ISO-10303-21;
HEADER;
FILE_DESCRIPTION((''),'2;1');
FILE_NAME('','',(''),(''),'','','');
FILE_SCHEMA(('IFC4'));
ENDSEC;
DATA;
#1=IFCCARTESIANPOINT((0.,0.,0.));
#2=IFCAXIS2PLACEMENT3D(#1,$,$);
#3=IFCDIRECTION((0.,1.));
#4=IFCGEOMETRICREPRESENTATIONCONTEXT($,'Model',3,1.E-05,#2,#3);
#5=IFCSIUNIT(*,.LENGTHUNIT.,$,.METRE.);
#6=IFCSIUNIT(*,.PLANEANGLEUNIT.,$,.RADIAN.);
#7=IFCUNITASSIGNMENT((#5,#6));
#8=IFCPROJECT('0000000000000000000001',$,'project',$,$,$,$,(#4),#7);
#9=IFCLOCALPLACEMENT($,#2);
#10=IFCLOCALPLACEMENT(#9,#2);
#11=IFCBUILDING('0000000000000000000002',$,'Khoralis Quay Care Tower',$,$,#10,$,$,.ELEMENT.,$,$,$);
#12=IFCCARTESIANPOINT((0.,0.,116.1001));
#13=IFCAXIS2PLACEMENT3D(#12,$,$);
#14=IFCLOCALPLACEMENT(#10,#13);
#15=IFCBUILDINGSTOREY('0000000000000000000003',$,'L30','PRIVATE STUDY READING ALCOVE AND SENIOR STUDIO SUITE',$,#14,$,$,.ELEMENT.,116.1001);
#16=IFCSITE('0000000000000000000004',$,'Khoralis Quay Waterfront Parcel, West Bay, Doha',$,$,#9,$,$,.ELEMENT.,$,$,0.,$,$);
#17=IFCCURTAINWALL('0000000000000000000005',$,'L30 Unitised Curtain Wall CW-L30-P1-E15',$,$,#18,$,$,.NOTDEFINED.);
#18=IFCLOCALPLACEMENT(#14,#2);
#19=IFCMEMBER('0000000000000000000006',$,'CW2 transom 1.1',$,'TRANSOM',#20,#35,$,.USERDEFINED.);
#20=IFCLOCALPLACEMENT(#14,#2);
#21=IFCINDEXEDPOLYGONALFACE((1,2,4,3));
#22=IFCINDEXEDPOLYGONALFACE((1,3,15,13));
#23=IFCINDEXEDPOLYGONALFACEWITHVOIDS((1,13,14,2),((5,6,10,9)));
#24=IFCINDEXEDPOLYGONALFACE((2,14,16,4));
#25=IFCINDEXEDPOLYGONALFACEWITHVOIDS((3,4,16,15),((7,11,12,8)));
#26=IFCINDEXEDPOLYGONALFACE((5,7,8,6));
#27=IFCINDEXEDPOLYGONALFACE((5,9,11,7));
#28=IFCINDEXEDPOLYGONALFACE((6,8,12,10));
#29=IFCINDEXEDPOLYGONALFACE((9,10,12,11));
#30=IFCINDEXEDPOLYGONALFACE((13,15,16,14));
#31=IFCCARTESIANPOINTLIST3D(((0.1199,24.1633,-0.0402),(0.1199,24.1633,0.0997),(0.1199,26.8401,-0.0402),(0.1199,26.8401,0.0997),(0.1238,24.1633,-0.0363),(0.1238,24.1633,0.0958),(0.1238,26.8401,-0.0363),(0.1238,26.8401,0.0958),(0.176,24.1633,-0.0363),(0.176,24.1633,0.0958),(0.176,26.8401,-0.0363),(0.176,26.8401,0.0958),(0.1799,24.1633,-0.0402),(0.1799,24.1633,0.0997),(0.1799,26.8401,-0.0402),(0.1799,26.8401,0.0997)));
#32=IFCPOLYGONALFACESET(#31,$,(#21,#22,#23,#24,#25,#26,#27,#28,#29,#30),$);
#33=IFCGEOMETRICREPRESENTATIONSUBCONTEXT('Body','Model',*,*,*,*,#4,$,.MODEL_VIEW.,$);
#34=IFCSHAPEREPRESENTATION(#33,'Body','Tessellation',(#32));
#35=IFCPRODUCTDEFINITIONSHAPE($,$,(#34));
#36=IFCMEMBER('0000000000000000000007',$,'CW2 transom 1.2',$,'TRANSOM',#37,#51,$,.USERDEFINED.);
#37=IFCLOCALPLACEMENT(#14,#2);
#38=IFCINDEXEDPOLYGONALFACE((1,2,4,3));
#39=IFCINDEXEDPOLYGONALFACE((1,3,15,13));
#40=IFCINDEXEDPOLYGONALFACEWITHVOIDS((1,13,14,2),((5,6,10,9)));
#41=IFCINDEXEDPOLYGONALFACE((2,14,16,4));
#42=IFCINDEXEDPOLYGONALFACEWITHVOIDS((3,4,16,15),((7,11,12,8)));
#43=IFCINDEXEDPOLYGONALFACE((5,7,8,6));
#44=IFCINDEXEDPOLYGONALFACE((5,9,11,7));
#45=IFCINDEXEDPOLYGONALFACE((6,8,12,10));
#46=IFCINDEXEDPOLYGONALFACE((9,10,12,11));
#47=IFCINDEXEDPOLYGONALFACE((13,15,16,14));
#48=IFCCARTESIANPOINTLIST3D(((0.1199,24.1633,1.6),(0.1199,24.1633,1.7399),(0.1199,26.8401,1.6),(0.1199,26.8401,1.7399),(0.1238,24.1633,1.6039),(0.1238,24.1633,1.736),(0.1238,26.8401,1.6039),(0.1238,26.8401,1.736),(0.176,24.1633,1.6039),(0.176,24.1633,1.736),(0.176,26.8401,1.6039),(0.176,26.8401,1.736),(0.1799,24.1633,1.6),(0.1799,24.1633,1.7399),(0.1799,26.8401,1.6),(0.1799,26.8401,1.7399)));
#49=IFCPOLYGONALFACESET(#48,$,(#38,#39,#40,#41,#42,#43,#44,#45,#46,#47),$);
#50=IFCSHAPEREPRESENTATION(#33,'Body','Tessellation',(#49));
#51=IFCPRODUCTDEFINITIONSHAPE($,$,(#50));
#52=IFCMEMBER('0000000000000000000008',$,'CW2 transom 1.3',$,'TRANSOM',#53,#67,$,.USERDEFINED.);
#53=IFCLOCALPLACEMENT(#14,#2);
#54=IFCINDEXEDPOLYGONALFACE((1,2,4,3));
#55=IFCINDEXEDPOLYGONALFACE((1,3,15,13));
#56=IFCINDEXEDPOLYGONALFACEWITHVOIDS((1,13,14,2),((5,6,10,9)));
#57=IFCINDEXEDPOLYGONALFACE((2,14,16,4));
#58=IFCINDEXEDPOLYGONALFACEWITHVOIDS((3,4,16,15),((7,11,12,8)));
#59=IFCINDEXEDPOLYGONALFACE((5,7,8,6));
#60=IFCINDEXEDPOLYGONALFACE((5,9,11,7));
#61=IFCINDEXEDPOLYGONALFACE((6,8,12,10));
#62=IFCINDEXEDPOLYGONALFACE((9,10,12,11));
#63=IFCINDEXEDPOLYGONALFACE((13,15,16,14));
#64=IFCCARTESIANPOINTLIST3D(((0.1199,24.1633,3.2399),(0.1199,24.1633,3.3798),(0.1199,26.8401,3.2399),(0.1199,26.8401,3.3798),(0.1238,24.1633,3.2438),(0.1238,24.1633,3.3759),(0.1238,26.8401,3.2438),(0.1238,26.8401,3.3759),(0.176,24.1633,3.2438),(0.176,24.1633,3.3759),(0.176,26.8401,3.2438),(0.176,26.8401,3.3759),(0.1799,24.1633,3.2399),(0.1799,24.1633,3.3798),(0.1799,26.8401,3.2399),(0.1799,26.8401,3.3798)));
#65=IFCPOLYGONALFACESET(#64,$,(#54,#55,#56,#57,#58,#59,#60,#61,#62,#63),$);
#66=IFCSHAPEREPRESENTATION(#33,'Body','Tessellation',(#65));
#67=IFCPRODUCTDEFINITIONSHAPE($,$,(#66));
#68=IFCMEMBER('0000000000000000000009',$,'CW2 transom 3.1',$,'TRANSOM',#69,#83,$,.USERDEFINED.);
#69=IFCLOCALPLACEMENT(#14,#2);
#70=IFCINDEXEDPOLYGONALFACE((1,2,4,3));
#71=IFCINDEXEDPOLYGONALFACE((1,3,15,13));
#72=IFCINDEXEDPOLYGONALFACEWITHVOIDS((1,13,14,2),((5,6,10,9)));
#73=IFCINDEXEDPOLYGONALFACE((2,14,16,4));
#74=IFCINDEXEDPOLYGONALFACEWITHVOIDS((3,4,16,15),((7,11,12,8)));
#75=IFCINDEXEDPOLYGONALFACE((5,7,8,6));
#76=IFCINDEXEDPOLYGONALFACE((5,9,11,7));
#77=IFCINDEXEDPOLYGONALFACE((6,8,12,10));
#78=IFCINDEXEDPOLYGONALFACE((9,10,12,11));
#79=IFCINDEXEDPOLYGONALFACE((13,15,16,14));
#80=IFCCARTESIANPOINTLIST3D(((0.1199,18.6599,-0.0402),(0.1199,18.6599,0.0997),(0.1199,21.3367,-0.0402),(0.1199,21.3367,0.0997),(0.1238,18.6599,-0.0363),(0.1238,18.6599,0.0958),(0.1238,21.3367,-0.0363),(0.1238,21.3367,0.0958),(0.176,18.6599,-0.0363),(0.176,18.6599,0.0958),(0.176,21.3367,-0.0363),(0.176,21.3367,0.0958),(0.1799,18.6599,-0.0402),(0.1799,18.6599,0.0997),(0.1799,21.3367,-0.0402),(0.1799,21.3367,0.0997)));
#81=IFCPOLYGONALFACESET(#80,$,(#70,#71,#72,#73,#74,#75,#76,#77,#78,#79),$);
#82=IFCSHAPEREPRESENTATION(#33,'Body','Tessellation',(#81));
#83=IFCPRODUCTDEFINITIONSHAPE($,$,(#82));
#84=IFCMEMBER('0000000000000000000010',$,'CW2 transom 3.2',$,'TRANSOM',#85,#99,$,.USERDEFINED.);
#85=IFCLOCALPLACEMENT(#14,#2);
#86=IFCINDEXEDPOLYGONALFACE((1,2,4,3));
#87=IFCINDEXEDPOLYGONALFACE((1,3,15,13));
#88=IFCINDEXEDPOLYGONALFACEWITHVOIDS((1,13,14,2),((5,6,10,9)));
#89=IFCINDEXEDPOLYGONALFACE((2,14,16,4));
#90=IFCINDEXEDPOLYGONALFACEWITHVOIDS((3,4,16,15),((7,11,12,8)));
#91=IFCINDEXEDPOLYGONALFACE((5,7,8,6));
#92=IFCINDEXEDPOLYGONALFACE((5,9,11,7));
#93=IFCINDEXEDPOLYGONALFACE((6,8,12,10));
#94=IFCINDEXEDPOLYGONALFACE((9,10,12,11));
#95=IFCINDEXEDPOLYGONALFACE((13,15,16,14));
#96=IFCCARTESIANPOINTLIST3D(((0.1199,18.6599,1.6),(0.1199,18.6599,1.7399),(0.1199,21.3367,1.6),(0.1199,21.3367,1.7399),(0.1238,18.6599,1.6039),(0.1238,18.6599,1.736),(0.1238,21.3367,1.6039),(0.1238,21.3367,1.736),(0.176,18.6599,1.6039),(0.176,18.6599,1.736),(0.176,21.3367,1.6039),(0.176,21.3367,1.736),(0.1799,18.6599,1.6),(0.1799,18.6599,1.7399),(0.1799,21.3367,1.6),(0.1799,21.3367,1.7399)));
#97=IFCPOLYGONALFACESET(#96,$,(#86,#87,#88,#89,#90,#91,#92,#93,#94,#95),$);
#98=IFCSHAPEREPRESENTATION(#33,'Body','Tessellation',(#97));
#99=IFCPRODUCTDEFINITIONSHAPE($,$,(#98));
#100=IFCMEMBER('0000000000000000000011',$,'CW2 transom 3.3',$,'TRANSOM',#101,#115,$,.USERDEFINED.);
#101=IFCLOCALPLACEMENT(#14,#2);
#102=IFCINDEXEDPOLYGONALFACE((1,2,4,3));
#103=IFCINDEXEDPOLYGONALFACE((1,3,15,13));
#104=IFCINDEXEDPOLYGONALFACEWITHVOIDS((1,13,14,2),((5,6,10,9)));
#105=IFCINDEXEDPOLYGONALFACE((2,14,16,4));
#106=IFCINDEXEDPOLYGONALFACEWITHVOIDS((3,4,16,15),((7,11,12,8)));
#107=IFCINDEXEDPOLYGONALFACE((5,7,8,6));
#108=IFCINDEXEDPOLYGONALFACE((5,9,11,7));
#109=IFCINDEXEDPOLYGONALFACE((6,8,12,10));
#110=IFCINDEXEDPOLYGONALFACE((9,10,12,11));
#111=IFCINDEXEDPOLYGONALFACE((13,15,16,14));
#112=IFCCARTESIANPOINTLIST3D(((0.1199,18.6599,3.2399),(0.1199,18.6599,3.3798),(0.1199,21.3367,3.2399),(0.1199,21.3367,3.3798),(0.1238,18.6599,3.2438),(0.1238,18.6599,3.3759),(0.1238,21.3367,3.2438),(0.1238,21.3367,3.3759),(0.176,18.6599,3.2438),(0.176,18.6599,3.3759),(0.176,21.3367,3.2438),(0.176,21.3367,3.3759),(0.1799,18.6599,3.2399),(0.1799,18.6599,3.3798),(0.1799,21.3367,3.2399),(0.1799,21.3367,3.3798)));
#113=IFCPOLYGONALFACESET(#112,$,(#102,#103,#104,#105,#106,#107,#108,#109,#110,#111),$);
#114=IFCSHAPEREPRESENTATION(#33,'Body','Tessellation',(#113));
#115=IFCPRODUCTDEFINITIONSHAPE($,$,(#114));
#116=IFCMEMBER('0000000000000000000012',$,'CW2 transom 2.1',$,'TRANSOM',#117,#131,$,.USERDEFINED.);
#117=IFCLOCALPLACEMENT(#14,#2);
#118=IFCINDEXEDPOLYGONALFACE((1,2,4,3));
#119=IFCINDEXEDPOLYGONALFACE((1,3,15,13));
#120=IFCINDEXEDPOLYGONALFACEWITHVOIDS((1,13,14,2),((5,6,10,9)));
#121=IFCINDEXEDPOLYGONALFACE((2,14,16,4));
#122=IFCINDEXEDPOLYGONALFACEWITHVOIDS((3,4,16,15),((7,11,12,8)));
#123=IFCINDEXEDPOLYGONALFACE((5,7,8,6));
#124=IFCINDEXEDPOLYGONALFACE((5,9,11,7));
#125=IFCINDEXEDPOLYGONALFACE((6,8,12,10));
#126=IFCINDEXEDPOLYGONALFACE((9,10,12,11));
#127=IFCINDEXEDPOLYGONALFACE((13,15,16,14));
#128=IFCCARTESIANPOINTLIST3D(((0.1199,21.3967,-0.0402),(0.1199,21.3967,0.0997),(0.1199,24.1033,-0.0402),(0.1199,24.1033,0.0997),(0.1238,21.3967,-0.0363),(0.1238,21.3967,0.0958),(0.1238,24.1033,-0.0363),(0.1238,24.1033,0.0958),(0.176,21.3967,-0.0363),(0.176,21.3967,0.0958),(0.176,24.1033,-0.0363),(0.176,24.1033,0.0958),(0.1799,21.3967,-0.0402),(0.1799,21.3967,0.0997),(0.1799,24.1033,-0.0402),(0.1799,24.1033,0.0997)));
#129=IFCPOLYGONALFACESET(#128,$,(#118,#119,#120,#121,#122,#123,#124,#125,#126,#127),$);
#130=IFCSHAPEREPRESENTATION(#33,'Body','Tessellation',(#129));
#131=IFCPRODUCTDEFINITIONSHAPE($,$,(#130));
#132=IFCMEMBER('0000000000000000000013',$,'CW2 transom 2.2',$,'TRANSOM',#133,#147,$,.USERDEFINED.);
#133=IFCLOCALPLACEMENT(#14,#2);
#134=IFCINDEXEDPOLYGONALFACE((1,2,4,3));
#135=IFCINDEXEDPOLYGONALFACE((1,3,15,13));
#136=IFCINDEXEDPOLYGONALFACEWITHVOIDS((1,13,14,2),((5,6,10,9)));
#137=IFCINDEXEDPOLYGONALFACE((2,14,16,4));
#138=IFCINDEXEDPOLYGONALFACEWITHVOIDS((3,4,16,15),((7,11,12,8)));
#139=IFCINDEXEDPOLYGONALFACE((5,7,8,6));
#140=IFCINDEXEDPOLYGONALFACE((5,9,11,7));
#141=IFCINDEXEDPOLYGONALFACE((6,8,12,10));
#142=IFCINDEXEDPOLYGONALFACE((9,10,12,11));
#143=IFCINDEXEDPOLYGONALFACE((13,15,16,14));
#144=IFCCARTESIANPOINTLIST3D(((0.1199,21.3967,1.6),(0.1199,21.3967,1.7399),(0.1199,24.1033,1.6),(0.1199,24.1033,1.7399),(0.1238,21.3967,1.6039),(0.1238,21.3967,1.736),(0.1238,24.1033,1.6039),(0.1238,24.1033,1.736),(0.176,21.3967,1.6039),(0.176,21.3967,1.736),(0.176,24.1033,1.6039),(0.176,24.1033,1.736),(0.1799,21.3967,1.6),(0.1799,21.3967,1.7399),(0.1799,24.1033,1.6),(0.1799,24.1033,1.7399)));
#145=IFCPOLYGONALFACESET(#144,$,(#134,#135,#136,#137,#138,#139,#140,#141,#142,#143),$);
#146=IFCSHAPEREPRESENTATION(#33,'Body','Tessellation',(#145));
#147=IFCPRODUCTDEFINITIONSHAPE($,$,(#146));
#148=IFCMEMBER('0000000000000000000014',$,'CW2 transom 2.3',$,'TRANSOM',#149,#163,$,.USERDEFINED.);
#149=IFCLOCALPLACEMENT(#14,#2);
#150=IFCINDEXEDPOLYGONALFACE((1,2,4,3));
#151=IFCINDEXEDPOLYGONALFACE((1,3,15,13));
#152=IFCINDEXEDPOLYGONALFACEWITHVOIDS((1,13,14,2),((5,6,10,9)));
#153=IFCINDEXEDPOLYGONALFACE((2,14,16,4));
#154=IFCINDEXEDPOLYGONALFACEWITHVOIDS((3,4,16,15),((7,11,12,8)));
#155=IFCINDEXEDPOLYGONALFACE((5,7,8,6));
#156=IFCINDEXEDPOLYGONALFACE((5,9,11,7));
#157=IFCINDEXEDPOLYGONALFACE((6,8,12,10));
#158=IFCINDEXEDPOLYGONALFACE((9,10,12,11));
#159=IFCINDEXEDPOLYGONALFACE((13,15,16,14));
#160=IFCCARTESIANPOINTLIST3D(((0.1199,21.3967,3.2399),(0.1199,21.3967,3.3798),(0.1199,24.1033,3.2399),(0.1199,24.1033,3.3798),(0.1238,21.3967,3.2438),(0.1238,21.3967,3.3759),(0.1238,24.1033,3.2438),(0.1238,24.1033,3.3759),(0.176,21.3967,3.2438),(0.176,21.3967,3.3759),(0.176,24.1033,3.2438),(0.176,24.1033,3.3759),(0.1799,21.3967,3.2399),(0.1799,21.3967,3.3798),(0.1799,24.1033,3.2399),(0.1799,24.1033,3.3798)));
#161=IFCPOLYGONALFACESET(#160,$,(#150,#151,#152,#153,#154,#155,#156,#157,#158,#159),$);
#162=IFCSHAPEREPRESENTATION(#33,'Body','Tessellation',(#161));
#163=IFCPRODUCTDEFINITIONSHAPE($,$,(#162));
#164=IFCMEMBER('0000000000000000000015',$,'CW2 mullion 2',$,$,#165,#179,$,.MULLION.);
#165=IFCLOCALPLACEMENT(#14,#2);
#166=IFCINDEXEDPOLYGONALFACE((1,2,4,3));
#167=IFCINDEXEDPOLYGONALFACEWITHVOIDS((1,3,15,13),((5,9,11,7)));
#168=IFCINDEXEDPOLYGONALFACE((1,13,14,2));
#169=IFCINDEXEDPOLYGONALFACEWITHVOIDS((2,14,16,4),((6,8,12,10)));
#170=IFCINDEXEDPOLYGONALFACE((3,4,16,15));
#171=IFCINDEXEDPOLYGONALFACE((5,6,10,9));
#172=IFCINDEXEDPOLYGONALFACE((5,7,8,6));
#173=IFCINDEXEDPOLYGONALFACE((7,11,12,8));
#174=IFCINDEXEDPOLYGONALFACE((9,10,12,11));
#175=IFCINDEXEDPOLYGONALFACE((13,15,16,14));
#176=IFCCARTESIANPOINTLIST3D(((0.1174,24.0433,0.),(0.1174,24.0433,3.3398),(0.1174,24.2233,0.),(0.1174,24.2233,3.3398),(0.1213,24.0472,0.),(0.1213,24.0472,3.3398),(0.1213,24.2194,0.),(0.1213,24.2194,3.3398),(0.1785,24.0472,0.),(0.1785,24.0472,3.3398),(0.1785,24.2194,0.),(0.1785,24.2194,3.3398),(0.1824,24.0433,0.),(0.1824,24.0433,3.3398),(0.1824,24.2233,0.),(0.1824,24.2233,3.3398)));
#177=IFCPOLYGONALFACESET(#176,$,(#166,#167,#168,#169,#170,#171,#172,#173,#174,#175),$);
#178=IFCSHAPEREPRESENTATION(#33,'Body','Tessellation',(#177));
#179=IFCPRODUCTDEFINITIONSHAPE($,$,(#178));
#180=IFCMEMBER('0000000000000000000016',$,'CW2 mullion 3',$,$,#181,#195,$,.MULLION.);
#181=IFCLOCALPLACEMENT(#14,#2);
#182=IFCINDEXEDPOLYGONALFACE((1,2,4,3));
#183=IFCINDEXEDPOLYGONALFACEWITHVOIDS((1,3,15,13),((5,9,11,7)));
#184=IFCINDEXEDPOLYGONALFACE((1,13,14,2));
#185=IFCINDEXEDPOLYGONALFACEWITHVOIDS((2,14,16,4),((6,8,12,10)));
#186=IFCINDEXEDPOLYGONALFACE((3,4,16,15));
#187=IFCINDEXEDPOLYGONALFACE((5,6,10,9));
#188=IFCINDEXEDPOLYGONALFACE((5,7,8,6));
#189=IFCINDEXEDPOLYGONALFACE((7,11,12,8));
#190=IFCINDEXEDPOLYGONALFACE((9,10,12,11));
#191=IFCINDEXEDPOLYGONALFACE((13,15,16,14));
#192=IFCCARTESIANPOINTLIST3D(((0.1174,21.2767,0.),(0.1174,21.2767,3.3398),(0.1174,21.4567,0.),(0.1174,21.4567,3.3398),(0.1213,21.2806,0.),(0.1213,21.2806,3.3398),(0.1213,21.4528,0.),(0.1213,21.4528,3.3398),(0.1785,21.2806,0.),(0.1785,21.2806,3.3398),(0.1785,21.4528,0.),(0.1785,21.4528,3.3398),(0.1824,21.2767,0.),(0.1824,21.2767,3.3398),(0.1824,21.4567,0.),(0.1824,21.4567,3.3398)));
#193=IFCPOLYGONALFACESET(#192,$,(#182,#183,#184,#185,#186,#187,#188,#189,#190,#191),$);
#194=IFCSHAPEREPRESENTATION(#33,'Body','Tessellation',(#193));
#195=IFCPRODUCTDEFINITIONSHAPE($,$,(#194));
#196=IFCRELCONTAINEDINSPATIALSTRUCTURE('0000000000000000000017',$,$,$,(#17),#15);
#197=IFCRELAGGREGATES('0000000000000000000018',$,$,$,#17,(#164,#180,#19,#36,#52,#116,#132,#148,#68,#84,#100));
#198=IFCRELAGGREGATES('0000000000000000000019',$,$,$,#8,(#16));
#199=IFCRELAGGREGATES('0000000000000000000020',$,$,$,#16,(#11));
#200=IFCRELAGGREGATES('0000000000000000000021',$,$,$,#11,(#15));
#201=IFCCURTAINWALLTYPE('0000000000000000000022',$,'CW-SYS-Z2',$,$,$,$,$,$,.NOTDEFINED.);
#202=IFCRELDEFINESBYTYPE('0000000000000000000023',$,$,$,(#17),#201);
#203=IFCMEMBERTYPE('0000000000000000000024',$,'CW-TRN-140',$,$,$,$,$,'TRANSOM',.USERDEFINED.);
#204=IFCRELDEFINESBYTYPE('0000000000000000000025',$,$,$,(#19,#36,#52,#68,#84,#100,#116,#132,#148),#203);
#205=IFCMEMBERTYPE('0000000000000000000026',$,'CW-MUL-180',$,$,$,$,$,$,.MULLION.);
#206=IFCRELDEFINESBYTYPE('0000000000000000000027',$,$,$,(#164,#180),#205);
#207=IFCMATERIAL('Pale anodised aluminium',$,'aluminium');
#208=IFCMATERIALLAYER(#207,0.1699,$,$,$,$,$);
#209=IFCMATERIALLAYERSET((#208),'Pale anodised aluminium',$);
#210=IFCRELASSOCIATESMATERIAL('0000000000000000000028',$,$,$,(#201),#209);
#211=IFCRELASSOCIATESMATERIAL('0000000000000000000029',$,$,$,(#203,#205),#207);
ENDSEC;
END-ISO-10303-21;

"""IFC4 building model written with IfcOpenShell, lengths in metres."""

from ifc_helpers import new_model, si_unit, direction, frame, origin, origin_2d, place, context, subcontext, project, spatial, hollow_rectangle, extrude, source, transform, mapped, material, layer, layer_set, material_profile, profile_set, type_object, element, aggregate, save


model = new_model("IFC4")

# Units and contexts
model_context = context("Model", 3, precision=1e-05, world=origin(), true_north=direction((0.0, 1.0)))
body_context = subcontext(model_context, "Body", "Model", "MODEL_VIEW")
ifc_project = project(units=[si_unit("LENGTHUNIT", "METRE"), si_unit("PLANEANGLEUNIT", "RADIAN")], contexts=[model_context])

# Site, building, storey
site_placement = place(None, origin())
site = spatial("IfcSite", under=ifc_project, at=site_placement, Name="Khoralis Quay Waterfront Parcel, West Bay, Doha", CompositionType="ELEMENT", RefElevation=0.0)
building_placement = place(site_placement, origin())
building = spatial("IfcBuilding", under=site, at=building_placement, Name="Khoralis Quay Care Tower", CompositionType="ELEMENT")
storey_placement = place(building_placement, frame((0.0, 0.0, 116.1001)))
storey = spatial("IfcBuildingStorey", under=building, at=storey_placement, Name="L30", Description="PRIVATE STUDY READING ALCOVE AND SENIOR STUDIO SUITE", CompositionType="ELEMENT", Elevation=116.1001)

# Curtain wall, members
ifc_material_1 = material(Name="Pale anodised aluminium", Category="aluminium")
ifc_layer_1 = layer(ifc_material_1, 0.1699)
ifc_layer_set_1 = layer_set([ifc_layer_1], Name="Pale anodised aluminium")
curtain_wall_type = type_object("IfcCurtainWallType", Name="CW-SYS-Z2", PredefinedType="NOTDEFINED", material=ifc_layer_set_1)
curtain_wall_placement = place(storey_placement, origin())
curtain_wall = element("IfcCurtainWall", 1, at=curtain_wall_placement, inside=storey, type_object=curtain_wall_type, Name="L30 Unitised Curtain Wall CW-L30-P1-E15", PredefinedType="NOTDEFINED")
ifc_material_profile_1 = material_profile(ifc_material_1, hollow_rectangle(XDim=0.0601, YDim=0.1399, WallThickness=0.0039, at=origin_2d()), Name="Pale anodised aluminium")
ifc_profile_set_1 = profile_set([ifc_material_profile_1], Name="Pale anodised aluminium")
member_type_1 = type_object("IfcMemberType", Name="CW-TRN-140", ElementType="TRANSOM", PredefinedType="USERDEFINED", material=ifc_profile_set_1)
shared_shape_1 = source(origin(), body_context, "Body", "SweptSolid", [
    extrude(hollow_rectangle(XDim=0.0601, YDim=0.1399, WallThickness=0.0039, at=origin_2d()), origin(), (0.0, 0.0, 1.0), 2.6768),
])
member_1_placement = place(storey_placement, frame((0.1499, 26.8401, 0.0298), z_axis=(0.0, -1.0, 0.0), x_axis=(1.0, 0.0, 0.0)))
member_1 = element("IfcMember", 2, at=member_1_placement, type_object=member_type_1, Name="CW2 transom 1.1", ObjectType="TRANSOM", PredefinedType="USERDEFINED", context=body_context, shape_type="MappedRepresentation", body=[
    mapped(shared_shape_1, transform((0.0, 0.0, 0.0), scale=1.0)),
])
member_2_placement = place(storey_placement, frame((0.1499, 26.8401, 1.6699), z_axis=(0.0, -1.0, 0.0), x_axis=(1.0, 0.0, 0.0)))
member_2 = element("IfcMember", 3, at=member_2_placement, type_object=member_type_1, Name="CW2 transom 1.2", ObjectType="TRANSOM", PredefinedType="USERDEFINED", context=body_context, shape_type="MappedRepresentation", body=[
    mapped(shared_shape_1, transform((0.0, 0.0, 0.0), scale=1.0)),
])
member_3_placement = place(storey_placement, frame((0.1499, 26.8401, 3.3098), z_axis=(0.0, -1.0, 0.0), x_axis=(1.0, 0.0, 0.0)))
member_3 = element("IfcMember", 4, at=member_3_placement, type_object=member_type_1, Name="CW2 transom 1.3", ObjectType="TRANSOM", PredefinedType="USERDEFINED", context=body_context, shape_type="MappedRepresentation", body=[
    mapped(shared_shape_1, transform((0.0, 0.0, 0.0), scale=1.0)),
])
member_4_placement = place(storey_placement, frame((0.1499, 21.3367, 0.0298), z_axis=(0.0, -1.0, 0.0), x_axis=(1.0, 0.0, 0.0)))
member_4 = element("IfcMember", 5, at=member_4_placement, type_object=member_type_1, Name="CW2 transom 3.1", ObjectType="TRANSOM", PredefinedType="USERDEFINED", context=body_context, shape_type="MappedRepresentation", body=[
    mapped(shared_shape_1, transform((0.0, 0.0, 0.0), scale=1.0)),
])
member_5_placement = place(storey_placement, frame((0.1499, 21.3367, 1.6699), z_axis=(0.0, -1.0, 0.0), x_axis=(1.0, 0.0, 0.0)))
member_5 = element("IfcMember", 6, at=member_5_placement, type_object=member_type_1, Name="CW2 transom 3.2", ObjectType="TRANSOM", PredefinedType="USERDEFINED", context=body_context, shape_type="MappedRepresentation", body=[
    mapped(shared_shape_1, transform((0.0, 0.0, 0.0), scale=1.0)),
])
member_6_placement = place(storey_placement, frame((0.1499, 21.3367, 3.3098), z_axis=(0.0, -1.0, 0.0), x_axis=(1.0, 0.0, 0.0)))
member_6 = element("IfcMember", 7, at=member_6_placement, type_object=member_type_1, Name="CW2 transom 3.3", ObjectType="TRANSOM", PredefinedType="USERDEFINED", context=body_context, shape_type="MappedRepresentation", body=[
    mapped(shared_shape_1, transform((0.0, 0.0, 0.0), scale=1.0)),
])
shared_shape_2 = source(origin(), body_context, "Body", "SweptSolid", [
    extrude(hollow_rectangle(XDim=0.0601, YDim=0.1399, WallThickness=0.0039, at=origin_2d()), origin(), (0.0, 0.0, 1.0), 2.7065),
])
member_7_placement = place(storey_placement, frame((0.1499, 24.1033, 0.0298), z_axis=(0.0, -1.0, 0.0), x_axis=(1.0, 0.0, 0.0)))
member_7 = element("IfcMember", 8, at=member_7_placement, type_object=member_type_1, Name="CW2 transom 2.1", ObjectType="TRANSOM", PredefinedType="USERDEFINED", context=body_context, shape_type="MappedRepresentation", body=[
    mapped(shared_shape_2, transform((0.0, 0.0, 0.0), scale=1.0)),
])
member_8_placement = place(storey_placement, frame((0.1499, 24.1033, 1.6699), z_axis=(0.0, -1.0, 0.0), x_axis=(1.0, 0.0, 0.0)))
member_8 = element("IfcMember", 9, at=member_8_placement, type_object=member_type_1, Name="CW2 transom 2.2", ObjectType="TRANSOM", PredefinedType="USERDEFINED", context=body_context, shape_type="MappedRepresentation", body=[
    mapped(shared_shape_2, transform((0.0, 0.0, 0.0), scale=1.0)),
])
member_9_placement = place(storey_placement, frame((0.1499, 24.1033, 3.3098), z_axis=(0.0, -1.0, 0.0), x_axis=(1.0, 0.0, 0.0)))
member_9 = element("IfcMember", 10, at=member_9_placement, type_object=member_type_1, Name="CW2 transom 2.3", ObjectType="TRANSOM", PredefinedType="USERDEFINED", context=body_context, shape_type="MappedRepresentation", body=[
    mapped(shared_shape_2, transform((0.0, 0.0, 0.0), scale=1.0)),
])
ifc_material_profile_2 = material_profile(ifc_material_1, hollow_rectangle(XDim=0.0649, YDim=0.1799, WallThickness=0.0039, at=origin_2d()), Name="Pale anodised aluminium")
ifc_profile_set_2 = profile_set([ifc_material_profile_2], Name="Pale anodised aluminium")
member_type_2 = type_object("IfcMemberType", Name="CW-MUL-180", PredefinedType="MULLION", material=ifc_profile_set_2)
shared_shape_3 = source(origin(), body_context, "Body", "SweptSolid", [
    extrude(hollow_rectangle(XDim=0.0649, YDim=0.1799, WallThickness=0.0039, at=origin_2d()), origin(), (0.0, 0.0, 1.0), 3.3398),
])
member_10_placement = place(storey_placement, frame((0.1499, 24.1333, 0.0), z_axis=(0.0, 0.0, 1.0), x_axis=(1.0, 0.0, 0.0)))
member_10 = element("IfcMember", 11, at=member_10_placement, type_object=member_type_2, Name="CW2 mullion 2", PredefinedType="MULLION", context=body_context, shape_type="MappedRepresentation", body=[
    mapped(shared_shape_3, transform((0.0, 0.0, 0.0), scale=1.0)),
])
member_11_placement = place(storey_placement, frame((0.1499, 21.3667, 0.0), z_axis=(0.0, 0.0, 1.0), x_axis=(1.0, 0.0, 0.0)))
member_11 = element("IfcMember", 12, at=member_11_placement, type_object=member_type_2, Name="CW2 mullion 3", PredefinedType="MULLION", context=body_context, shape_type="MappedRepresentation", body=[
    mapped(shared_shape_3, transform((0.0, 0.0, 0.0), scale=1.0)),
])
aggregate(curtain_wall, [member_10, member_11, member_1, member_2, member_3, member_7, member_8, member_9, member_4, member_5, member_6])

save(model, "model.ifc")
